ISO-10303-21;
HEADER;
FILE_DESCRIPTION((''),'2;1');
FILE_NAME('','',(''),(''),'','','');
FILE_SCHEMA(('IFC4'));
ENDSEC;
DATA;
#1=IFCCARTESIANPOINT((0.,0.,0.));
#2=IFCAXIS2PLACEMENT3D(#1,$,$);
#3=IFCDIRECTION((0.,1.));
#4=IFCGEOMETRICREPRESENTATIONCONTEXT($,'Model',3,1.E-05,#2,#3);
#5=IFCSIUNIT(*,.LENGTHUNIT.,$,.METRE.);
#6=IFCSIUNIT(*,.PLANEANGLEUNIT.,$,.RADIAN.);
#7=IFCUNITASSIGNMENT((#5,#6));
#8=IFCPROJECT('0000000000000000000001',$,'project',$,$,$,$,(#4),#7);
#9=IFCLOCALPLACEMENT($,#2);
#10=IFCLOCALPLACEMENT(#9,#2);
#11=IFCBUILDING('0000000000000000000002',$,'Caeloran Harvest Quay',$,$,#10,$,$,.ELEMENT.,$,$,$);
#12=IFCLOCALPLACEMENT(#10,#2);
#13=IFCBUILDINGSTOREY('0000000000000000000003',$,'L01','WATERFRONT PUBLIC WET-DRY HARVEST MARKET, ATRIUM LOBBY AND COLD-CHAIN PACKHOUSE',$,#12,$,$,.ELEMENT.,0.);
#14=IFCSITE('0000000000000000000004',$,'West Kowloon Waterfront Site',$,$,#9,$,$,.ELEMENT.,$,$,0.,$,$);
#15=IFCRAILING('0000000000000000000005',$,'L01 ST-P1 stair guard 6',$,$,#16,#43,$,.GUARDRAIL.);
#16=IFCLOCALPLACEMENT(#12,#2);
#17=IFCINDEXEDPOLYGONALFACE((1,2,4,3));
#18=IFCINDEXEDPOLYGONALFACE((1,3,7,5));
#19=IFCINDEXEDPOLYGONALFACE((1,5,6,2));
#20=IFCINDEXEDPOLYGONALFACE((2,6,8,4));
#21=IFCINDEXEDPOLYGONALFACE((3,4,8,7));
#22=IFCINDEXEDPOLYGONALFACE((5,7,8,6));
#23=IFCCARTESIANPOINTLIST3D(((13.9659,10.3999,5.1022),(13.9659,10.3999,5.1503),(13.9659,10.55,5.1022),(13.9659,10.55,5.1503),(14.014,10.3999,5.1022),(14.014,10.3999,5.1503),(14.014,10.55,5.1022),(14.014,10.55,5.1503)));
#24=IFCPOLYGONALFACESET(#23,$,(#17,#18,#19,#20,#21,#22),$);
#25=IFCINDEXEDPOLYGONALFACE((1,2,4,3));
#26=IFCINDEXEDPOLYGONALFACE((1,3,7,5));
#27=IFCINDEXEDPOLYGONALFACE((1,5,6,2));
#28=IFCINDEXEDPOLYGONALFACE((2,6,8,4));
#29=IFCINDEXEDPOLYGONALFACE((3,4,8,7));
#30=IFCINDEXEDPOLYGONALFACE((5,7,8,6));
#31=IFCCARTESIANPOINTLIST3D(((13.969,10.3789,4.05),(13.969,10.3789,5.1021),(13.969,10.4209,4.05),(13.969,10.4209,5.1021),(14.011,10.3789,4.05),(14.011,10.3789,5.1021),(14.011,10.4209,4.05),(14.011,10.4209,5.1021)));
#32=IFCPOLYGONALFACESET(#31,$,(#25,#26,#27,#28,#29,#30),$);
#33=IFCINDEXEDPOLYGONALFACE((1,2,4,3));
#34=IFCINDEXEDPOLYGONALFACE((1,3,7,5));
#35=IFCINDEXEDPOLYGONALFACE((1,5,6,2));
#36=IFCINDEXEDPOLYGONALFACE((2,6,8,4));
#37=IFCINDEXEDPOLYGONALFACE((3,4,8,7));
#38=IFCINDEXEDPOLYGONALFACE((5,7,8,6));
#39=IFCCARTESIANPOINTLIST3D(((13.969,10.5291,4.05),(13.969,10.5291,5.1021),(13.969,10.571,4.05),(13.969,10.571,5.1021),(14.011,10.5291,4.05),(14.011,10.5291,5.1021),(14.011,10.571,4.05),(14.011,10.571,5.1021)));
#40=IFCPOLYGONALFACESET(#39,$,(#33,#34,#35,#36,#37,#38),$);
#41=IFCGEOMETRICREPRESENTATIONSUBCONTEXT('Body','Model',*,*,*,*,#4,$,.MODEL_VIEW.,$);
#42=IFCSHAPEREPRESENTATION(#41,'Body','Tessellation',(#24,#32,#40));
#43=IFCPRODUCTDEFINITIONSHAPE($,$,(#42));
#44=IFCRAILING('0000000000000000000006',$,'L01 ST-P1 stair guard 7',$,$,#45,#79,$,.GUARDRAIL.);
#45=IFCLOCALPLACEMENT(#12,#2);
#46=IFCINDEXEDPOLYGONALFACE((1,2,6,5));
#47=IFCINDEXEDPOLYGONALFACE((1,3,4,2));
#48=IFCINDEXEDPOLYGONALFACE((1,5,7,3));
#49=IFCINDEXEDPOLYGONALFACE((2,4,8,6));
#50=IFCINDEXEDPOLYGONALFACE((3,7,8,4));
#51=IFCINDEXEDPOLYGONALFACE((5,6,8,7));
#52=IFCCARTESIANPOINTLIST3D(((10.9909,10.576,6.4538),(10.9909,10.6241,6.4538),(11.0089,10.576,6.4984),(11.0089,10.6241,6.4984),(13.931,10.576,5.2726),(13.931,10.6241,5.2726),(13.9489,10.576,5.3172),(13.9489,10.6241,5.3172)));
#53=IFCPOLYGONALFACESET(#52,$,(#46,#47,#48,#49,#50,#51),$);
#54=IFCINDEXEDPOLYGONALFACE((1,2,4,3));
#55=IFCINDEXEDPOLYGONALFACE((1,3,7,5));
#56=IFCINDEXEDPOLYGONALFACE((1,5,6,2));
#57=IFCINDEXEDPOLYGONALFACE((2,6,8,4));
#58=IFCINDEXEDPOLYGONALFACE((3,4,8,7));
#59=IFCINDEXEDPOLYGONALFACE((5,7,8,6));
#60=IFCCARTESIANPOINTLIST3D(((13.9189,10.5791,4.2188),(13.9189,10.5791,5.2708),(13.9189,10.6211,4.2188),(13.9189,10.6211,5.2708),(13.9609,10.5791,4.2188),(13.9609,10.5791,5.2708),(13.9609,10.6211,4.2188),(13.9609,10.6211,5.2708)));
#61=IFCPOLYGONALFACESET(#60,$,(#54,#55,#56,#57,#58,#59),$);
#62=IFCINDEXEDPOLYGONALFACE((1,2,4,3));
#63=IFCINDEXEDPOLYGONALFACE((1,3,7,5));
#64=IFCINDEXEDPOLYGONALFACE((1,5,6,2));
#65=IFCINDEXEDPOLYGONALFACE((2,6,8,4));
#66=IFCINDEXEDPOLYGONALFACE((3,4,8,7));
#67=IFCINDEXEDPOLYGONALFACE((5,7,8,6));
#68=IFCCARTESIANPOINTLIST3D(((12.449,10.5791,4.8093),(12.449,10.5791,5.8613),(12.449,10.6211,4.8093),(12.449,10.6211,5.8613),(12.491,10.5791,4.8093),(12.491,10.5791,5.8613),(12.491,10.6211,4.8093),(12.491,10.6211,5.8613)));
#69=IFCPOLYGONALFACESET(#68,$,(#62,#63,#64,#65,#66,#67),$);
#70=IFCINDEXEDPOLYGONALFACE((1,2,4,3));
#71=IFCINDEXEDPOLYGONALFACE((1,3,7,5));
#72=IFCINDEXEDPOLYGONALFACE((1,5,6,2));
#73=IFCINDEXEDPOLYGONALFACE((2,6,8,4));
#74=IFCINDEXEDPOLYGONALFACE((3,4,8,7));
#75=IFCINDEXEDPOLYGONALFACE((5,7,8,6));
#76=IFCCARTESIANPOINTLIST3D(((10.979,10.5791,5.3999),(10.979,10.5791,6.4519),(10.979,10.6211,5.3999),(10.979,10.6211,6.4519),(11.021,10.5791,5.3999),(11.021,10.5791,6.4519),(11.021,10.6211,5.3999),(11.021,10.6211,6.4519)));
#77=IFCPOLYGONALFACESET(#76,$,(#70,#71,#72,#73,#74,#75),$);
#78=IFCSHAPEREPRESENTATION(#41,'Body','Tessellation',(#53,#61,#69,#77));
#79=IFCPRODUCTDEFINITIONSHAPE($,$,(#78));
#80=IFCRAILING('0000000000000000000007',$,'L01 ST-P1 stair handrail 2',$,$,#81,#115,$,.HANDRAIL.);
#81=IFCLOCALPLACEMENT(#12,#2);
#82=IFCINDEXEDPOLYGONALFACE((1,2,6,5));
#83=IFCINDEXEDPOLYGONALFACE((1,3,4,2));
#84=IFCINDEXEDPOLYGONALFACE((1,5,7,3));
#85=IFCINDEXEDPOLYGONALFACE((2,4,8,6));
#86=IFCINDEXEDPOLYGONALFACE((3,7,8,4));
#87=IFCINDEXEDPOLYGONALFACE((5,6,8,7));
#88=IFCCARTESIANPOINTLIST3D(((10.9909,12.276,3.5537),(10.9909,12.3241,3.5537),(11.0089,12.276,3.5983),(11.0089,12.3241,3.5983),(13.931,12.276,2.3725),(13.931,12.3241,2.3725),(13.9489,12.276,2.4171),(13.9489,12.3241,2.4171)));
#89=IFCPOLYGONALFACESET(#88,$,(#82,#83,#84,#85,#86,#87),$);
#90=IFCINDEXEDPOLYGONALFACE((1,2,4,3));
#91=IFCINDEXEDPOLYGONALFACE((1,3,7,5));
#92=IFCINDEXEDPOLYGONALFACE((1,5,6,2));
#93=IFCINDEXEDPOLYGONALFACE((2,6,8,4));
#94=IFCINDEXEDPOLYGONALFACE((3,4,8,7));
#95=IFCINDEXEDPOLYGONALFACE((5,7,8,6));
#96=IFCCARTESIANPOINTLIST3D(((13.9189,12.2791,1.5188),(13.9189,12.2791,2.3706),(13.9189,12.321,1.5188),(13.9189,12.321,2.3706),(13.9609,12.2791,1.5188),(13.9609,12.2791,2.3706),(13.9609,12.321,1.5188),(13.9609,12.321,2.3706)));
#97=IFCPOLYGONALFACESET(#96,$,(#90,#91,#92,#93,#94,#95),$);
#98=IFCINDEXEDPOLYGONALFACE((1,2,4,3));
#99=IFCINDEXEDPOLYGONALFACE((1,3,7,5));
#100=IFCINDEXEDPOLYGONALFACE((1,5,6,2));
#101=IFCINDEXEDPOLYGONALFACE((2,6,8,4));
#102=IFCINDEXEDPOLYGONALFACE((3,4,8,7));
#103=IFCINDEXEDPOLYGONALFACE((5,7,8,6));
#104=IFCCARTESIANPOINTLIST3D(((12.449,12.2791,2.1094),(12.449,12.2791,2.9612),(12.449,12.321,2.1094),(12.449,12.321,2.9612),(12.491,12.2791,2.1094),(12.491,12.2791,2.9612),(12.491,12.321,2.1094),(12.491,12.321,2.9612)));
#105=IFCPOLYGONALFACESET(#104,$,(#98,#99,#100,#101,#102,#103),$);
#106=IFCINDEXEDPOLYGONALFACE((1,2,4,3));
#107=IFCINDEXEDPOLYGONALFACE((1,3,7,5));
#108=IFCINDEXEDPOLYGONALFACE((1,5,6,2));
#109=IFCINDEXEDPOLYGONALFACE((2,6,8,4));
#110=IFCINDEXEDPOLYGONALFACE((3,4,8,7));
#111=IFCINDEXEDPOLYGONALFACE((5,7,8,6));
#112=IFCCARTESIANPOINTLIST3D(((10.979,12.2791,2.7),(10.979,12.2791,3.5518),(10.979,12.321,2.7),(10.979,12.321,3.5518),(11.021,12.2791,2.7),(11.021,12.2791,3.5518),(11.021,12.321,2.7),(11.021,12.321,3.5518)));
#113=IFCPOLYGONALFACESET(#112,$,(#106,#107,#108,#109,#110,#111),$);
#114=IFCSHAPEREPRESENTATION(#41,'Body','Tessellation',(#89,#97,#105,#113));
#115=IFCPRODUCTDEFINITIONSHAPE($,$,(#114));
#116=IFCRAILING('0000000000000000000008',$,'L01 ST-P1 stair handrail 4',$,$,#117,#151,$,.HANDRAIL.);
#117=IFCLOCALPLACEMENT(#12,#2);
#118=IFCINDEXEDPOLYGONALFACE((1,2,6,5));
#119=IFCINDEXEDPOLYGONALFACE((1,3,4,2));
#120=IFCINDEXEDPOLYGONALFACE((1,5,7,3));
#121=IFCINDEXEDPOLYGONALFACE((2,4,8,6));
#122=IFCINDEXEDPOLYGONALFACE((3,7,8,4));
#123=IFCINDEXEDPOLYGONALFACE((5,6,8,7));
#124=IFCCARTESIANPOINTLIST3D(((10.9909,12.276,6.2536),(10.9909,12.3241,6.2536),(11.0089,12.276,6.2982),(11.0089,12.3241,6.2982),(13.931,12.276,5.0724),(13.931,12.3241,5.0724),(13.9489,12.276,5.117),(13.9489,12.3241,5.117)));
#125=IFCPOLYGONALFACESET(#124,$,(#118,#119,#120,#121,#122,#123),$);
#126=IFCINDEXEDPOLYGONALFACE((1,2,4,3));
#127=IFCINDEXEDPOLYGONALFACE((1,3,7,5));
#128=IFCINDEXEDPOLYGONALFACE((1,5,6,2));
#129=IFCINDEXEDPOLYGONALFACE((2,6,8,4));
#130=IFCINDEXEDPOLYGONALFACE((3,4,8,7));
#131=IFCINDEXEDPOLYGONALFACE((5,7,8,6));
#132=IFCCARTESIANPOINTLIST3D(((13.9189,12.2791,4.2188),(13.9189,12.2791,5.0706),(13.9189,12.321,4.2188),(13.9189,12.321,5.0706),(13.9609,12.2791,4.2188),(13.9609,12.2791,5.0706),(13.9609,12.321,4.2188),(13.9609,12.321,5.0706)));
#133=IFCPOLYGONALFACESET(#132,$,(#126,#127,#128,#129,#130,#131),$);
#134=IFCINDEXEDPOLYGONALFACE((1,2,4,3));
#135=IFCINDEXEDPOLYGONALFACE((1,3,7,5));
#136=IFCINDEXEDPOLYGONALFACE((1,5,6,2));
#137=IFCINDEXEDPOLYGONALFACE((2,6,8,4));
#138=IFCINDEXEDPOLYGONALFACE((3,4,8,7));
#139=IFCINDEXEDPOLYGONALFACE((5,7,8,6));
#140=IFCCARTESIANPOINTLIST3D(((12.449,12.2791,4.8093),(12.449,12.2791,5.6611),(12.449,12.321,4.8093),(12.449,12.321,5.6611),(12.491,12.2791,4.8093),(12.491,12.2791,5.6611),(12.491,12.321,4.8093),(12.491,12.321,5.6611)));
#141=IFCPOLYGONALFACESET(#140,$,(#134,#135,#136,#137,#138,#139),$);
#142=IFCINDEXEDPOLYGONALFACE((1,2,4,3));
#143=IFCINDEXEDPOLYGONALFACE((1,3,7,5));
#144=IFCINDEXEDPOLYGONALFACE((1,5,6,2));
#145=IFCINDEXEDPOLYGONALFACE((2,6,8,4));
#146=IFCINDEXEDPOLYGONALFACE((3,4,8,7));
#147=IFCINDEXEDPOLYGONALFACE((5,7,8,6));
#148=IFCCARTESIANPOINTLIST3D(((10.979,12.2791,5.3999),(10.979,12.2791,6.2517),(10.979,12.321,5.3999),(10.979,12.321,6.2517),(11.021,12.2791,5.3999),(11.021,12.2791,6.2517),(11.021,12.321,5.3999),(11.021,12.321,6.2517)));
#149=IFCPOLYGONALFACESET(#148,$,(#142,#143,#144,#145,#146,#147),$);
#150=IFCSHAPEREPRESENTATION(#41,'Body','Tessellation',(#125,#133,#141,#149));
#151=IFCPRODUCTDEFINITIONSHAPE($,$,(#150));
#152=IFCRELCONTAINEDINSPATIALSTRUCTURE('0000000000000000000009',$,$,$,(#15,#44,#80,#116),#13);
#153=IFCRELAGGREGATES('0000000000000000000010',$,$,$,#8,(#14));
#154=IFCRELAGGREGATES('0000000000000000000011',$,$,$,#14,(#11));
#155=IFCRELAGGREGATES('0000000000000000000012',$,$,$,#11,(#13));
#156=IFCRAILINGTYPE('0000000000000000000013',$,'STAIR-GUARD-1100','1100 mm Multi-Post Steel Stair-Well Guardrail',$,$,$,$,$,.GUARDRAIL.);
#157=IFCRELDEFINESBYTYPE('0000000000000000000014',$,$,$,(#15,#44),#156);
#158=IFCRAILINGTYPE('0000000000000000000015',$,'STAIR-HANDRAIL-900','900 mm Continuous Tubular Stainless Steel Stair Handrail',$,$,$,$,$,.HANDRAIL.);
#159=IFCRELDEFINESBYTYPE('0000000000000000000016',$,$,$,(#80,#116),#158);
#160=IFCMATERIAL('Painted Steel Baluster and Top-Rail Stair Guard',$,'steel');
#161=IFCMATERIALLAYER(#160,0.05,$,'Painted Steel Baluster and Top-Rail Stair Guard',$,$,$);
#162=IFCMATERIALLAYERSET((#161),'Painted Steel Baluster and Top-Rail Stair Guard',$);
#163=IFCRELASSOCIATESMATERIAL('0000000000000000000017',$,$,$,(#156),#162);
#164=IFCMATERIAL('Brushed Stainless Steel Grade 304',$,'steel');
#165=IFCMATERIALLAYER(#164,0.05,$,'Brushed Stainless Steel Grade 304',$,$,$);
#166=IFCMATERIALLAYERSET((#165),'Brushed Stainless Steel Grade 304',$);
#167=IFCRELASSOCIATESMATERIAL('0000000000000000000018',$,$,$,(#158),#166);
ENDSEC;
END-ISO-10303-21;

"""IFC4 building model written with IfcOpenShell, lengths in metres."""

from ifc_helpers import new_model, si_unit, direction, frame, origin, origin_2d, place, context, subcontext, project, spatial, rectangle, extrude, material, layer, layer_set, type_object, element, save


model = new_model("IFC4")

# Units and contexts
model_context = context("Model", 3, precision=1e-05, world=origin(), true_north=direction((0.0, 1.0)))
body_context = subcontext(model_context, "Body", "Model", "MODEL_VIEW")
ifc_project = project(units=[si_unit("LENGTHUNIT", "METRE"), si_unit("PLANEANGLEUNIT", "RADIAN")], contexts=[model_context])

# Site, building, storey
site_placement = place(None, origin())
site = spatial("IfcSite", under=ifc_project, at=site_placement, Name="West Kowloon Waterfront Site", CompositionType="ELEMENT", RefElevation=0.0)
building_placement = place(site_placement, origin())
building = spatial("IfcBuilding", under=site, at=building_placement, Name="Caeloran Harvest Quay", CompositionType="ELEMENT")
storey_placement = place(building_placement, origin())
storey = spatial("IfcBuildingStorey", under=building, at=storey_placement, Name="L01", Description="WATERFRONT PUBLIC WET-DRY HARVEST MARKET, ATRIUM LOBBY AND COLD-CHAIN PACKHOUSE", CompositionType="ELEMENT", Elevation=0.0)

# Railings
ifc_material_1 = material(Name="Painted Steel Baluster and Top-Rail Stair Guard", Category="steel")
ifc_layer_1 = layer(ifc_material_1, 0.05, Name="Painted Steel Baluster and Top-Rail Stair Guard")
ifc_layer_set_1 = layer_set([ifc_layer_1], Name="Painted Steel Baluster and Top-Rail Stair Guard")
railing_type_1 = type_object("IfcRailingType", Name="STAIR-GUARD-1100", Description="1100 mm Multi-Post Steel Stair-Well Guardrail", PredefinedType="GUARDRAIL", material=ifc_layer_set_1)
railing_1_placement = place(storey_placement, frame((13.99, 10.3999, 4.05)))
element("IfcRailing", 1, at=railing_1_placement, inside=storey, type_object=railing_type_1, Name="L01 ST-P1 stair guard 6", PredefinedType="GUARDRAIL", context=body_context, shape_type="SweptSolid", body=[
    extrude(rectangle(XDim=0.0481, YDim=0.0481, at=origin_2d()), frame((0.0, 0.0, 1.0762), z_axis=(0.0, 1.0, 0.0), x_axis=(-1.0, 0.0, 0.0)), (0.0, 0.0, 1.0), 0.1501),
    extrude(rectangle(XDim=0.042, YDim=0.042, at=origin_2d()), origin(), (0.0, 0.0, 1.0), 1.052),
    extrude(rectangle(XDim=0.042, YDim=0.042, at=origin_2d()), frame((0.0, 0.1501, 0.0)), (0.0, 0.0, 1.0), 1.052),
])
railing_2_placement = place(storey_placement, frame((13.9399, 10.6001, 4.2188)))
element("IfcRailing", 2, at=railing_2_placement, inside=storey, type_object=railing_type_1, Name="L01 ST-P1 stair guard 7", PredefinedType="GUARDRAIL", context=body_context, shape_type="SweptSolid", body=[
    extrude(rectangle(XDim=0.0481, YDim=0.0481, at=origin_2d()), frame((0.0, 0.0, 1.0762), z_axis=(-0.927912, 0.0, 0.372799), x_axis=(0.0, -1.0, 0.0)), (0.0, 0.0, 1.0), 3.1685),
    extrude(rectangle(XDim=0.042, YDim=0.042, at=origin_2d()), origin(), (0.0, 0.0, 1.0), 1.052),
    extrude(rectangle(XDim=0.042, YDim=0.042, at=origin_2d()), frame((-1.47, 0.0, 0.5906)), (0.0, 0.0, 1.0), 1.052),
    extrude(rectangle(XDim=0.042, YDim=0.042, at=origin_2d()), frame((-2.9399, 0.0, 1.1812)), (0.0, 0.0, 1.0), 1.052),
])
ifc_material_2 = material(Name="Brushed Stainless Steel Grade 304", Category="steel")
ifc_layer_2 = layer(ifc_material_2, 0.05, Name="Brushed Stainless Steel Grade 304")
ifc_layer_set_2 = layer_set([ifc_layer_2], Name="Brushed Stainless Steel Grade 304")
railing_type_2 = type_object("IfcRailingType", Name="STAIR-HANDRAIL-900", Description="900 mm Continuous Tubular Stainless Steel Stair Handrail", PredefinedType="HANDRAIL", material=ifc_layer_set_2)
for number, where, name in (
    (3, (13.9399, 12.3, 1.5188), "L01 ST-P1 stair handrail 2"),
    (4, (13.9399, 12.3, 4.2188), "L01 ST-P1 stair handrail 4"),
):
    element("IfcRailing", number, at=place(storey_placement, frame(where)), inside=storey, type_object=railing_type_2, Name=name, PredefinedType="HANDRAIL", context=body_context, shape_type="SweptSolid", body=[
        extrude(rectangle(XDim=0.0481, YDim=0.0481, at=origin_2d()), frame((0.0, 0.0, 0.876), z_axis=(-0.927912, 0.0, 0.372799), x_axis=(0.0, -1.0, 0.0)), (0.0, 0.0, 1.0), 3.1685),
        extrude(rectangle(XDim=0.042, YDim=0.042, at=origin_2d()), origin(), (0.0, 0.0, 1.0), 0.8518),
        extrude(rectangle(XDim=0.042, YDim=0.042, at=origin_2d()), frame((-1.47, 0.0, 0.5906)), (0.0, 0.0, 1.0), 0.8518),
        extrude(rectangle(XDim=0.042, YDim=0.042, at=origin_2d()), frame((-2.9399, 0.0, 1.1812)), (0.0, 0.0, 1.0), 0.8518),
    ])

save(model, "model.ifc")
